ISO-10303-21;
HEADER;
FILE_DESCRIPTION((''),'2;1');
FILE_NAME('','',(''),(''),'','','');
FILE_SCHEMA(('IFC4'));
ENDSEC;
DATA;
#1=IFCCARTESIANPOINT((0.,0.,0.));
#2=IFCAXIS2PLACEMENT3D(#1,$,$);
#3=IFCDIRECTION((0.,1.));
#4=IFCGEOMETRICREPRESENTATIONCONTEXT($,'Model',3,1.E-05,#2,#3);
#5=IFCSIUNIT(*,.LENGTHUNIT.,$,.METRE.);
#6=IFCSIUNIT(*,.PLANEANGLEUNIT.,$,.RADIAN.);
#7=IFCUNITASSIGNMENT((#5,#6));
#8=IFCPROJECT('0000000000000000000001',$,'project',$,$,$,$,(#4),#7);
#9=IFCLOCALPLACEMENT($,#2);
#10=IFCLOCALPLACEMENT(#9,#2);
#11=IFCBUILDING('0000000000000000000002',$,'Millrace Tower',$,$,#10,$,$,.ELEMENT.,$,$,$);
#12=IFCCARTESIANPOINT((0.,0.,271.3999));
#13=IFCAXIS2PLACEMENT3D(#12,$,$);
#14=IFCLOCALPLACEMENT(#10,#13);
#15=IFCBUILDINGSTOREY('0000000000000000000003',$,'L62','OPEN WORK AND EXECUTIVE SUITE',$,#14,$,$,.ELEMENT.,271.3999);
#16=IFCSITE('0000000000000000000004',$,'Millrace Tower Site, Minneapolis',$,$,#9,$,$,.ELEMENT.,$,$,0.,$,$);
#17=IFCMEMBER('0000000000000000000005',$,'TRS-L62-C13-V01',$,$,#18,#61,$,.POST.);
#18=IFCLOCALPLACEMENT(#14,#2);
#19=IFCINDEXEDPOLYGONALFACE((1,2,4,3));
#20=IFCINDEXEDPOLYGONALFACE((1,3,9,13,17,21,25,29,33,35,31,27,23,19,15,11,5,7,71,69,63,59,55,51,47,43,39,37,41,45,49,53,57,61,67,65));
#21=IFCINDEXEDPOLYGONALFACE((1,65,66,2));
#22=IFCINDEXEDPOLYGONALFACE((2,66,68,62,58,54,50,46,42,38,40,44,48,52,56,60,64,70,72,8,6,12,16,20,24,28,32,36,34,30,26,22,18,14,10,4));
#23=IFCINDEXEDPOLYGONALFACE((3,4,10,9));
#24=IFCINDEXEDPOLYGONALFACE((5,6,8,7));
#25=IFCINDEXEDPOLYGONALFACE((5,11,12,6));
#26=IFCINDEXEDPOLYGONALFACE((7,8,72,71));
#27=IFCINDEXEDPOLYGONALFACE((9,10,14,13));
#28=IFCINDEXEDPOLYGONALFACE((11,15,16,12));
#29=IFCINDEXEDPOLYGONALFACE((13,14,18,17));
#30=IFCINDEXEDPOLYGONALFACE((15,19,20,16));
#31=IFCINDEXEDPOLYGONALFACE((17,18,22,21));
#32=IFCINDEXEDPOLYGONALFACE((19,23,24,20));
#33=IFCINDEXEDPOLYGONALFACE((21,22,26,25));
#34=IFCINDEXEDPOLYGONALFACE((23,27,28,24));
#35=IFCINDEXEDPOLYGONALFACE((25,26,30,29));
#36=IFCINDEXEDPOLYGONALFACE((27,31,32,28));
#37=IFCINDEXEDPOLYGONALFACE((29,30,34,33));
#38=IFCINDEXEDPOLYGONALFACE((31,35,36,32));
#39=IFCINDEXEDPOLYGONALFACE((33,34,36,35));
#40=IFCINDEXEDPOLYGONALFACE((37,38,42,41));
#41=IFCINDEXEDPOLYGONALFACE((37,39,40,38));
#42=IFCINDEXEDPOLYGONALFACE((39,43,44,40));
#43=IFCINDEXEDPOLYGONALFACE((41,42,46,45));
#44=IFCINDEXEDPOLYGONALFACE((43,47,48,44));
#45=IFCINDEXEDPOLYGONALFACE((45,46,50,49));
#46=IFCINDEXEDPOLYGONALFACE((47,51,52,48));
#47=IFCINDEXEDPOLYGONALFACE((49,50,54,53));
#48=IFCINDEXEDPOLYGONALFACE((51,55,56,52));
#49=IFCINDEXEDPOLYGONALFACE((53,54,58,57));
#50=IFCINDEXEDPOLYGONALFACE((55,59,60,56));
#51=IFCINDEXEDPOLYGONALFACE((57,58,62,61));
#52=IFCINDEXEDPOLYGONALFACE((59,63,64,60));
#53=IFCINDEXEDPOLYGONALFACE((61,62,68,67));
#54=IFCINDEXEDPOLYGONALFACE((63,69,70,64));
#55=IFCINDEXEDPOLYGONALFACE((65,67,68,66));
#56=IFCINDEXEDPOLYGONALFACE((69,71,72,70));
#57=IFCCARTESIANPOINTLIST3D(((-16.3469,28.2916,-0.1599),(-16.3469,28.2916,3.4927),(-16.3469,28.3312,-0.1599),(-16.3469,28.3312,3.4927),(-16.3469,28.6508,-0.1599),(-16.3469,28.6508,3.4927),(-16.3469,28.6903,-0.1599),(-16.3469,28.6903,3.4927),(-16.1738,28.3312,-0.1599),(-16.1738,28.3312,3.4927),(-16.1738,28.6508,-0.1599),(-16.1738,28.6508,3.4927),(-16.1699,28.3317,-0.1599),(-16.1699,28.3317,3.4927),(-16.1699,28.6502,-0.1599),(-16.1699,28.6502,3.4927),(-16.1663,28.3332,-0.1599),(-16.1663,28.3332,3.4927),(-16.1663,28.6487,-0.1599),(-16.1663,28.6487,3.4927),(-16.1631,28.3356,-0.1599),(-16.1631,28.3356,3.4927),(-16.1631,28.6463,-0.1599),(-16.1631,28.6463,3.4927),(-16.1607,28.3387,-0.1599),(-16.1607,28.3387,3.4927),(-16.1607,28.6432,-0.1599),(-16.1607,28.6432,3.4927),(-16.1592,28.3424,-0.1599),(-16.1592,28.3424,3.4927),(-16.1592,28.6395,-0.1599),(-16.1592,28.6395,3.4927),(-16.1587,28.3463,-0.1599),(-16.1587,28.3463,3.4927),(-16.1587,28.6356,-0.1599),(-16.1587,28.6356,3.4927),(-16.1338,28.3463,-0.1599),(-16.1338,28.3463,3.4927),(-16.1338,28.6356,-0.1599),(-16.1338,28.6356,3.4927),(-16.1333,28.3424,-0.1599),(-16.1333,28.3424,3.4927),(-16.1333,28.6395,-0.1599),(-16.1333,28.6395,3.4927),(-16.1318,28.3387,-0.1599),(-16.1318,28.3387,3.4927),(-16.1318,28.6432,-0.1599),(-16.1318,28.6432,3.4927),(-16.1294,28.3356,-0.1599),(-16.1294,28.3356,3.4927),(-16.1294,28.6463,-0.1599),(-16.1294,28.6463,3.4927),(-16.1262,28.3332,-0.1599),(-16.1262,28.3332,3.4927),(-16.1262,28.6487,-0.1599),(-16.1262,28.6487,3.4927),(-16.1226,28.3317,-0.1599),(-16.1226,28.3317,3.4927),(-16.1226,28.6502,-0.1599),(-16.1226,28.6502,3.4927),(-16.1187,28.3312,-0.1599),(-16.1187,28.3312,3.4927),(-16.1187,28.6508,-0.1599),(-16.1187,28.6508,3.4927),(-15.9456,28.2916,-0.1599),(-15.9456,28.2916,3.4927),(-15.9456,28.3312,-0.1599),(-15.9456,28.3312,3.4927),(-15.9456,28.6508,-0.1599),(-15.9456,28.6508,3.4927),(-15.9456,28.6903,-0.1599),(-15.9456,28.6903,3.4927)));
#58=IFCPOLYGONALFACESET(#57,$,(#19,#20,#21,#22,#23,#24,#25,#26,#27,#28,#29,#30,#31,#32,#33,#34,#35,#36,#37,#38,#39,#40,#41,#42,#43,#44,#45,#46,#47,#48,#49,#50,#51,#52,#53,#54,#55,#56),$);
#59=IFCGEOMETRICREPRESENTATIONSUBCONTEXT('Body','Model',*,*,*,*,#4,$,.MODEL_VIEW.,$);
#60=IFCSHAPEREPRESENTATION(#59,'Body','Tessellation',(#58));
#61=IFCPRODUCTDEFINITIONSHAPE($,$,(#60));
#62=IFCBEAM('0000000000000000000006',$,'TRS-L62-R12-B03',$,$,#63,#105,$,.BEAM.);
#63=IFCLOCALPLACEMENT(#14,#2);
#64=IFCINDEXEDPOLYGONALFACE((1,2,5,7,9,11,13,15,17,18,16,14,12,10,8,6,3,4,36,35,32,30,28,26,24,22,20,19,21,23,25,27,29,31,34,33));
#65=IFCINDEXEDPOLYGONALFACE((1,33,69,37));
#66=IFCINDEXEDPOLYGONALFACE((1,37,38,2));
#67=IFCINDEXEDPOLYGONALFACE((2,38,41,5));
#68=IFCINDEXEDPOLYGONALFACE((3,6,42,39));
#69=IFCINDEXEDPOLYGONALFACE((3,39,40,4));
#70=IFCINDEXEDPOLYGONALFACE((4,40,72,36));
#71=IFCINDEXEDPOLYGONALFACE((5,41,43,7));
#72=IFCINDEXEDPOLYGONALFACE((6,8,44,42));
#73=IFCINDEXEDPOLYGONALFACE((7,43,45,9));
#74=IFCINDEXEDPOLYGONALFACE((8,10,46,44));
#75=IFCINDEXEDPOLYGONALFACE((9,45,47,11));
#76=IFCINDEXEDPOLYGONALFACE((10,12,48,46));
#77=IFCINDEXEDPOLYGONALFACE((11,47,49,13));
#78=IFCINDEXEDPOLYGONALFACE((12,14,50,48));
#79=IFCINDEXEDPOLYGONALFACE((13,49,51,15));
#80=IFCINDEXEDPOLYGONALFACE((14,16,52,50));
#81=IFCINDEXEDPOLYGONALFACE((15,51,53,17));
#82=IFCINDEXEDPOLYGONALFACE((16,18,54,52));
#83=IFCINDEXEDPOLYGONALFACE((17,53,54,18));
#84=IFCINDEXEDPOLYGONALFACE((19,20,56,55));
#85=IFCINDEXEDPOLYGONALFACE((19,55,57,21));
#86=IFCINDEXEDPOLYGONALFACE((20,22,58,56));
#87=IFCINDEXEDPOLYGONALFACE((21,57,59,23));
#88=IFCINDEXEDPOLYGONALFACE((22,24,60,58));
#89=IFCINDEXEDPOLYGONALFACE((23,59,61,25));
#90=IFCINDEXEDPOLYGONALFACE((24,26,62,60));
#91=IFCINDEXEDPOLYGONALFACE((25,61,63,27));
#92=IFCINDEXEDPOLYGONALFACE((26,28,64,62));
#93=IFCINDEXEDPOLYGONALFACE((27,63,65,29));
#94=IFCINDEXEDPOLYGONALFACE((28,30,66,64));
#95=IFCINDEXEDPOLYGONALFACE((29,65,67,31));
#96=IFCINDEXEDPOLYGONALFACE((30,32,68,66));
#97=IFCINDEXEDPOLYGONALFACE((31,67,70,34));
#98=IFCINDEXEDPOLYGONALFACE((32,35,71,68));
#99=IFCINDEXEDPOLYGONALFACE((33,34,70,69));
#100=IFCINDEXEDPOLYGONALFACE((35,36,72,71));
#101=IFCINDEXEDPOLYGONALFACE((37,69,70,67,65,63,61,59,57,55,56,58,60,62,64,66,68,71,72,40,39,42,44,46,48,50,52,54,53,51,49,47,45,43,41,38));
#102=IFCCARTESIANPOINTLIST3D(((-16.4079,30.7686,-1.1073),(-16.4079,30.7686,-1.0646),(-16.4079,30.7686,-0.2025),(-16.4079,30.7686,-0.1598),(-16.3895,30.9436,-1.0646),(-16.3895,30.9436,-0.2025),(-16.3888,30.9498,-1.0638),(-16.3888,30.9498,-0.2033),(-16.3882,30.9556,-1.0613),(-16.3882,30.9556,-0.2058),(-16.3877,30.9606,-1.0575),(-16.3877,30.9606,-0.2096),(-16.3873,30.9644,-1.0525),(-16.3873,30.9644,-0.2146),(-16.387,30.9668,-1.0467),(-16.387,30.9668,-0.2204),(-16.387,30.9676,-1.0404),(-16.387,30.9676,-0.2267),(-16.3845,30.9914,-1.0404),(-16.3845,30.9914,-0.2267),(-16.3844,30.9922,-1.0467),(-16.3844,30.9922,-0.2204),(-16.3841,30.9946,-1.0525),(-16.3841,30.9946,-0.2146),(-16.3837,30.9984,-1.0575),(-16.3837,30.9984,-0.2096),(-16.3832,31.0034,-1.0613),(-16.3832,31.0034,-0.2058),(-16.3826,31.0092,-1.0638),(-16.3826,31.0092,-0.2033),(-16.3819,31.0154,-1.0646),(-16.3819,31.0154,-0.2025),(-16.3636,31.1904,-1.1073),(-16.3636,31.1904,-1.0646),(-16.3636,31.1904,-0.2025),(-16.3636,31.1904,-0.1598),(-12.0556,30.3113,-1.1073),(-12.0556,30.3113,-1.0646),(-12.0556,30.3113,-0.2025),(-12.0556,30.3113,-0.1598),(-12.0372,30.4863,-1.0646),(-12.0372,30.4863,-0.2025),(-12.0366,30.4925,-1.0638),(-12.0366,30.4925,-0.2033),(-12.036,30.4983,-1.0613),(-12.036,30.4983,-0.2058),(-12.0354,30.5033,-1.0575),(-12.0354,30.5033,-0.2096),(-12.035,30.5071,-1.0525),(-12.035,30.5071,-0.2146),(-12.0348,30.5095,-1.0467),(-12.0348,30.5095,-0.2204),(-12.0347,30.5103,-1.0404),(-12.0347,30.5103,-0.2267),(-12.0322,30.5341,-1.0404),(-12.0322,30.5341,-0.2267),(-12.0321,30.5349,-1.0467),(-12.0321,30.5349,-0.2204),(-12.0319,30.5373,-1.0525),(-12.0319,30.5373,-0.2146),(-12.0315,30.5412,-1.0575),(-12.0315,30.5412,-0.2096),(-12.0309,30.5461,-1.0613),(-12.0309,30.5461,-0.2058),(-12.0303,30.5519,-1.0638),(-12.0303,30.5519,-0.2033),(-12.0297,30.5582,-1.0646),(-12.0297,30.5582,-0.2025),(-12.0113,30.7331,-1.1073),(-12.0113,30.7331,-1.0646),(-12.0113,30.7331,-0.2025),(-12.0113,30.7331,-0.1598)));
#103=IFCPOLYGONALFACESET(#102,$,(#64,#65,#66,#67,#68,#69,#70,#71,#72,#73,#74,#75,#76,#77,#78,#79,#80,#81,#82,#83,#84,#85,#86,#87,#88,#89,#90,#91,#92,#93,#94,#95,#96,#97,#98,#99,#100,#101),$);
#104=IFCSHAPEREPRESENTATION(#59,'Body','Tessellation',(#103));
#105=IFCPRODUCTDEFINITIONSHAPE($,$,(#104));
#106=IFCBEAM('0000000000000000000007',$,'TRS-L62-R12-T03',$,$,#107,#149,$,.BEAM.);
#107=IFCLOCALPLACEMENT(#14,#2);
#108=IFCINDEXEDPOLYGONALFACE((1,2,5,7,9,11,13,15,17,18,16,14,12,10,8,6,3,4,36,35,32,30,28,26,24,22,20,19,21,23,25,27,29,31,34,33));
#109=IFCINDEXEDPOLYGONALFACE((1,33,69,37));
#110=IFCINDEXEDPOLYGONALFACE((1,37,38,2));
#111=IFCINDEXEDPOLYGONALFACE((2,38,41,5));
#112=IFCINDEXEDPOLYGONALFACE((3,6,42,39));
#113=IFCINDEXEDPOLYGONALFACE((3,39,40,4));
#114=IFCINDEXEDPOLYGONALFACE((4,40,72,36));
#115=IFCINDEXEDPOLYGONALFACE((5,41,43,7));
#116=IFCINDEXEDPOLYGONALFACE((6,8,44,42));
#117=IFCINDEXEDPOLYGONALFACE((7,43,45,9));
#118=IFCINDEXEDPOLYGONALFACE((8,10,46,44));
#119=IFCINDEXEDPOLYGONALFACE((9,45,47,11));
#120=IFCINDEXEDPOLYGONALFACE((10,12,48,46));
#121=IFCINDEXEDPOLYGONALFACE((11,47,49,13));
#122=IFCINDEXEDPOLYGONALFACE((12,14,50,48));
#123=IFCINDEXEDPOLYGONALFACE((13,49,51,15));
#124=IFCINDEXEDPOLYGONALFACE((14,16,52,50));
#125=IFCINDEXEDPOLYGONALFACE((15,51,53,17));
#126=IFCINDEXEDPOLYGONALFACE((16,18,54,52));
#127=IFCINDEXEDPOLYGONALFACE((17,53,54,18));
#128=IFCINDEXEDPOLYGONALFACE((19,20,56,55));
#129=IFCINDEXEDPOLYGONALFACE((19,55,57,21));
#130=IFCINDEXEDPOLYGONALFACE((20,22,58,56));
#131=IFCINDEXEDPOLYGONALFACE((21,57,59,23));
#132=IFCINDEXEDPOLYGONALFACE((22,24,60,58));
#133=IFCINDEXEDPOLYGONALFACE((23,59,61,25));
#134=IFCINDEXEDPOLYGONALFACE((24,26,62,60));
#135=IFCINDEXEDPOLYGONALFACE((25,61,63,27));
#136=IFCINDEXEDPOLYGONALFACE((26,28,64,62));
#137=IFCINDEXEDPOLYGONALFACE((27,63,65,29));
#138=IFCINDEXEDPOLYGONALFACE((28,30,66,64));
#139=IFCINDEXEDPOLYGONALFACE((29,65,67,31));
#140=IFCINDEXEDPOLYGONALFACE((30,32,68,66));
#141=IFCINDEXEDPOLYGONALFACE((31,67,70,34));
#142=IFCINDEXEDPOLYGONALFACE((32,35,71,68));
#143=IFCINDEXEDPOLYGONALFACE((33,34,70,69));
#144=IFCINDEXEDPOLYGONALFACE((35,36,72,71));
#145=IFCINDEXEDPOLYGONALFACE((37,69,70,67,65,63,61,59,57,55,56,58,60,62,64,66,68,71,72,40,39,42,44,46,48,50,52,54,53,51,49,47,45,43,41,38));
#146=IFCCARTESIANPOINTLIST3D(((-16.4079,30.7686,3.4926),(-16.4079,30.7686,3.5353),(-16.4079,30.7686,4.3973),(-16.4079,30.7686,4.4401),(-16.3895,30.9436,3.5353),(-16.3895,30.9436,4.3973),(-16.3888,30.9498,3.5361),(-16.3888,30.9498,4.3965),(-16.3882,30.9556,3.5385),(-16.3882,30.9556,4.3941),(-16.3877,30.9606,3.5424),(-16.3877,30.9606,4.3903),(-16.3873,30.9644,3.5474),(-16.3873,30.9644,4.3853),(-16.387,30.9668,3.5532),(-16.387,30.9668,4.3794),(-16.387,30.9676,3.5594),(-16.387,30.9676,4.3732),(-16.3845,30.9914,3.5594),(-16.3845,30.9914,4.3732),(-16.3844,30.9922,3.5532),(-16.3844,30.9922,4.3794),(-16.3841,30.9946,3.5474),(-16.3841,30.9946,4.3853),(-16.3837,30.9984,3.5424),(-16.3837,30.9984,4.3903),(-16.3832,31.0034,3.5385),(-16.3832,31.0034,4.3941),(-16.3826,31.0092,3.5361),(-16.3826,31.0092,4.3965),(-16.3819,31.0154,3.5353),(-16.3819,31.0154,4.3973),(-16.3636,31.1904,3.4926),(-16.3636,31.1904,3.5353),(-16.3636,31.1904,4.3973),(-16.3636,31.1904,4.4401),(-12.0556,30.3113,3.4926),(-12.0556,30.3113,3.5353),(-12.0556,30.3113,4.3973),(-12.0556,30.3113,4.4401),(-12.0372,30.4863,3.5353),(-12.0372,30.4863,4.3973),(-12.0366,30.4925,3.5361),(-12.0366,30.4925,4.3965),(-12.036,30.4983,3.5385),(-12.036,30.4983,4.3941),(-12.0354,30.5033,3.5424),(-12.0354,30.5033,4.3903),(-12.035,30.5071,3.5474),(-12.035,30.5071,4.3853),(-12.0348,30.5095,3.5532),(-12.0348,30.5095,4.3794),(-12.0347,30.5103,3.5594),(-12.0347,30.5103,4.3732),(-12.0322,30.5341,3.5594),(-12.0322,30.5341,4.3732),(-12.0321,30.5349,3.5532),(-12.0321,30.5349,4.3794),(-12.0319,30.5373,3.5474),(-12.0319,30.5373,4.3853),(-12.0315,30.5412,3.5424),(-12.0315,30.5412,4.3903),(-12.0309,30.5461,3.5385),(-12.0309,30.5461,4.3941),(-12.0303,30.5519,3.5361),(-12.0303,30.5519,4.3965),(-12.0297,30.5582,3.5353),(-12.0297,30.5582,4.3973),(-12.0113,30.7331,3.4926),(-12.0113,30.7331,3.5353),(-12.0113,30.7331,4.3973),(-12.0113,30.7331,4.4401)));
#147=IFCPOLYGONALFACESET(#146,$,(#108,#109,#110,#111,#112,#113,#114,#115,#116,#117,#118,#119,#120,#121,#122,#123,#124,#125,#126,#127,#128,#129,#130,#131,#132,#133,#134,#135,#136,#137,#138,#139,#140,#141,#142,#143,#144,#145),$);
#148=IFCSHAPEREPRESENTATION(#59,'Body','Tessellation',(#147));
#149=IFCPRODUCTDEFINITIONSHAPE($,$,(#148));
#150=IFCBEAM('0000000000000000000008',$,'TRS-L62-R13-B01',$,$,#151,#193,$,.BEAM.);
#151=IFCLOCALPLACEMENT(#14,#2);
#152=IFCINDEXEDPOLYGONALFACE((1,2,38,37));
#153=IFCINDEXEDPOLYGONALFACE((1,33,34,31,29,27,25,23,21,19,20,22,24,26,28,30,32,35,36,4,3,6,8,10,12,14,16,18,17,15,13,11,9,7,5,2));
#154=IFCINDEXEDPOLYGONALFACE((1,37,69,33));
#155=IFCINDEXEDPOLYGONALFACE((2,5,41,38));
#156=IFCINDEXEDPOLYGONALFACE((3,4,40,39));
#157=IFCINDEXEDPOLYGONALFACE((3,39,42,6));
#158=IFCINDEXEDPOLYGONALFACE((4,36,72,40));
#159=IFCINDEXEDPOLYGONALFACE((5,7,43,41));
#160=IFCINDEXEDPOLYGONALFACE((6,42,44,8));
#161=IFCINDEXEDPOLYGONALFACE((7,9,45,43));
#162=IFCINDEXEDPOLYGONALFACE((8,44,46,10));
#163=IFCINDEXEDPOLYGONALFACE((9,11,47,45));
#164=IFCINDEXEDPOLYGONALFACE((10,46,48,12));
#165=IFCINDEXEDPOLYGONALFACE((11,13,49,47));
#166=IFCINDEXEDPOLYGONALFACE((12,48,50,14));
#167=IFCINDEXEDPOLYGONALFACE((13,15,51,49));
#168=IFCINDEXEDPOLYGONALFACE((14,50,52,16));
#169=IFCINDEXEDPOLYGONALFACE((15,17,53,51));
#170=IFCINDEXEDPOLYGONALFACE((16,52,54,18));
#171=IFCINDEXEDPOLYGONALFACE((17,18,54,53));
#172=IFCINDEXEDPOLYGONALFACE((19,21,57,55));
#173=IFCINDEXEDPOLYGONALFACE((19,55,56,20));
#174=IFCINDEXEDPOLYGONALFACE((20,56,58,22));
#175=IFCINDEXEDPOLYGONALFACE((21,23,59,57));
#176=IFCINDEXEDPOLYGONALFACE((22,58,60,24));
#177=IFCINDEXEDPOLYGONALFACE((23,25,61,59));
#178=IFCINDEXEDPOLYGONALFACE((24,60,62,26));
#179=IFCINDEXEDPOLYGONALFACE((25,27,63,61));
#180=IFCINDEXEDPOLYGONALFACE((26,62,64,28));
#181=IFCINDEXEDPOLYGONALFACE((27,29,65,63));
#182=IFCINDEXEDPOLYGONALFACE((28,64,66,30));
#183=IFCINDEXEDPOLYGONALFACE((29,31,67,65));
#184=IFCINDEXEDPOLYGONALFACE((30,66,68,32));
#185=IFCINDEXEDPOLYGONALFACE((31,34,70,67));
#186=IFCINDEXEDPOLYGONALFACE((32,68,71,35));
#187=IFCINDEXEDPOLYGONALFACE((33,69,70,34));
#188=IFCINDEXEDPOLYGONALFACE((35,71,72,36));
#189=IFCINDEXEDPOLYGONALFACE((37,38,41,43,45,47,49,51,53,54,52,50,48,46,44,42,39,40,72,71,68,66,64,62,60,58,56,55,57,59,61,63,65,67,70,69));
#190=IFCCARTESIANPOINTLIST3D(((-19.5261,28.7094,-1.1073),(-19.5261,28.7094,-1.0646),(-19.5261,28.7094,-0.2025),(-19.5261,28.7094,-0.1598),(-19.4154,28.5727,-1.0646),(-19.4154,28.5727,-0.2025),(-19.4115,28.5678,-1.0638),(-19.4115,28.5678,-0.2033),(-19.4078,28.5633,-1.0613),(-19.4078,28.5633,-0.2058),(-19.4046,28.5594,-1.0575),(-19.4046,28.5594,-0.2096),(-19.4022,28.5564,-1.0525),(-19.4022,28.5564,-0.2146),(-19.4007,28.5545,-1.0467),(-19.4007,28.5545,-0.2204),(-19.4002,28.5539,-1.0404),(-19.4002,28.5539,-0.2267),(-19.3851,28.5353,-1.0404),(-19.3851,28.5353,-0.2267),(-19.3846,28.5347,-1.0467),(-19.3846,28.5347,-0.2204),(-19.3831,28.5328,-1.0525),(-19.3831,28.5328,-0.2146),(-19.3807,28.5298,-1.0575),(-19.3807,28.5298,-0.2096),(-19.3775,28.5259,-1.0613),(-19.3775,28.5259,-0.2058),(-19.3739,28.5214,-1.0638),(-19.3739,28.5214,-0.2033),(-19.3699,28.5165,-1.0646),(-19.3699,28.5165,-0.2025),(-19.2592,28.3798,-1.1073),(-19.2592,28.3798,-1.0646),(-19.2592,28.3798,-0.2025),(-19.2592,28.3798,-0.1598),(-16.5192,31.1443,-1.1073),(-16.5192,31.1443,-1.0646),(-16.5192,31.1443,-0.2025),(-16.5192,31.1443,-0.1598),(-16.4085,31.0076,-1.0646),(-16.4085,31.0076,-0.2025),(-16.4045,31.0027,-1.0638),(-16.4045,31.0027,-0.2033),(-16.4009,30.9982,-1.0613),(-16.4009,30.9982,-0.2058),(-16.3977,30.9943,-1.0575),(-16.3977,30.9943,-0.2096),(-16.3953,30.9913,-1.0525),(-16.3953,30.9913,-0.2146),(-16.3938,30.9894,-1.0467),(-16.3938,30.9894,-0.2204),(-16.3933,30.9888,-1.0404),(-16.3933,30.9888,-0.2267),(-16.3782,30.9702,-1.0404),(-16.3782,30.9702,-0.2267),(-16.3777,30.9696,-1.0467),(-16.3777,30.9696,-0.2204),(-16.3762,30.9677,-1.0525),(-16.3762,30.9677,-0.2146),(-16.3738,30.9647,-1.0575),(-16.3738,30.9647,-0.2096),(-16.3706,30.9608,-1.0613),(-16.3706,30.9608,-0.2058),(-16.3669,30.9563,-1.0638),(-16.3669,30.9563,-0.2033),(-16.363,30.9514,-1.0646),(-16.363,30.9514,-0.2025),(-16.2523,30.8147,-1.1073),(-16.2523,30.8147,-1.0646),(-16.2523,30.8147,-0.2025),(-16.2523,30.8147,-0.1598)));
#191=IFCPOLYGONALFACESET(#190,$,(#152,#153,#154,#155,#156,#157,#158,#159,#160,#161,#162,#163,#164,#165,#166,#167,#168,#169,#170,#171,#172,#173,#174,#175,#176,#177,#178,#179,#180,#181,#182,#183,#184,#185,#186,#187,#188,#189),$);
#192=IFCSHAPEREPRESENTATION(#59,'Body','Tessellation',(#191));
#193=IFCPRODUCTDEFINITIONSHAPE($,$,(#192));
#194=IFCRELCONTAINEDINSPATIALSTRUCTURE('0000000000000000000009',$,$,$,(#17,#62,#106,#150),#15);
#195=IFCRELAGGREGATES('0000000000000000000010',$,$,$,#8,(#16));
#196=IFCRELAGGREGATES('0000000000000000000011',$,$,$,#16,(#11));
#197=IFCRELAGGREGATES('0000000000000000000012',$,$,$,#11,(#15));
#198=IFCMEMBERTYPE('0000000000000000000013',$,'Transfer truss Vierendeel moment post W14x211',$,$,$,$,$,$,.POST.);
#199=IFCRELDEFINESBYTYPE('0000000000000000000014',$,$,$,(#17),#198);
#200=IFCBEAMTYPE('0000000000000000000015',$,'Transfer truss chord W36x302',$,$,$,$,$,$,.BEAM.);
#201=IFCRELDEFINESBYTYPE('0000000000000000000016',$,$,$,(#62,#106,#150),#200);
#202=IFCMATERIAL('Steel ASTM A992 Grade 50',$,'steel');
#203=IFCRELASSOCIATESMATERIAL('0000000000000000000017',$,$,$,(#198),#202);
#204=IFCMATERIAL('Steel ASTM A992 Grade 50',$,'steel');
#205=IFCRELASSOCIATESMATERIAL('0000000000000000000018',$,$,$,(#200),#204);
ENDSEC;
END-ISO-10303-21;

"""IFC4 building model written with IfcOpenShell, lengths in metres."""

from ifc_helpers import new_model, si_unit, direction, frame, origin, origin_2d, place, context, subcontext, project, spatial, i_section, extrude, material, material_profile, profile_set, type_object, element, save


model = new_model("IFC4")

# Units and contexts
model_context = context("Model", 3, precision=1e-05, world=origin(), true_north=direction((0.0, 1.0)))
body_context = subcontext(model_context, "Body", "Model", "MODEL_VIEW")
ifc_project = project(units=[si_unit("LENGTHUNIT", "METRE"), si_unit("PLANEANGLEUNIT", "RADIAN")], contexts=[model_context])

# Site, building, storey
site_placement = place(None, origin())
site = spatial("IfcSite", under=ifc_project, at=site_placement, Name="Millrace Tower Site, Minneapolis", CompositionType="ELEMENT", RefElevation=0.0)
building_placement = place(site_placement, origin())
building = spatial("IfcBuilding", under=site, at=building_placement, Name="Millrace Tower", CompositionType="ELEMENT")
storey_placement = place(building_placement, frame((0.0, 0.0, 271.3999)))
storey = spatial("IfcBuildingStorey", under=building, at=storey_placement, Name="L62", Description="OPEN WORK AND EXECUTIVE SUITE", CompositionType="ELEMENT", Elevation=271.3999)

# Member
ifc_material_1 = material(Name="Steel ASTM A992 Grade 50", Category="steel")
ifc_material_profile_1 = material_profile(ifc_material_1, i_section(OverallWidth=0.4014, OverallDepth=0.3987, WebThickness=0.0249, FlangeThickness=0.0396, FilletRadius=0.0151, at=origin_2d()))
ifc_profile_set_1 = profile_set([ifc_material_profile_1], Name="Steel ASTM A992 Grade 50")
member_type_1 = type_object("IfcMemberType", Name="Transfer truss Vierendeel moment post W14x211", PredefinedType="POST", material=ifc_profile_set_1)
member_1_placement = place(storey_placement, frame((-16.1462, 28.491, -0.1599), z_axis=(0.0, 0.0, 1.0), x_axis=(1.0, 0.0, 0.0)))
element("IfcMember", 1, at=member_1_placement, inside=storey, type_object=member_type_1, Name="TRS-L62-C13-V01", PredefinedType="POST", context=body_context, shape_type="SweptSolid", body=[
    extrude(i_section(OverallWidth=0.4014, OverallDepth=0.3987, WebThickness=0.0249, FlangeThickness=0.0396, FilletRadius=0.0151, at=origin_2d()), origin(), (0.0, 0.0, 1.0), 3.6526),
])

# Beams
ifc_material_2 = material(Name="Steel ASTM A992 Grade 50", Category="steel")
ifc_material_profile_2 = material_profile(ifc_material_2, i_section(OverallWidth=0.4241, OverallDepth=0.9475, WebThickness=0.0239, FlangeThickness=0.0427, FilletRadius=0.0242, at=origin_2d()))
ifc_profile_set_2 = profile_set([ifc_material_profile_2], Name="Steel ASTM A992 Grade 50")
beam_type_1 = type_object("IfcBeamType", Name="Transfer truss chord W36x302", PredefinedType="BEAM", material=ifc_profile_set_2)
for number, where, z_axis, x_axis, name in (
    (2, (-12.0334, 30.5222, -0.6335), (-0.994526, 0.10449, 0.0), (-0.10449, -0.994526, 0.0), "TRS-L62-R12-B03"),
    (3, (-12.0334, 30.5222, 3.9663), (-0.994526, 0.10449, 0.0), (-0.10449, -0.994526, 0.0), "TRS-L62-R12-T03"),
):
    element("IfcBeam", number, at=place(storey_placement, frame(where, z_axis=z_axis, x_axis=x_axis)), inside=storey, type_object=beam_type_1, Name=name, PredefinedType="BEAM", context=body_context, shape_type="SweptSolid", body=[
        extrude(i_section(OverallWidth=0.4241, OverallDepth=0.9475, WebThickness=0.0239, FlangeThickness=0.0427, FilletRadius=0.0242, at=origin_2d()), origin(), (0.0, 0.0, 1.0), 4.3762),
    ])
for number, where, z_axis, x_axis, name in (
    (4, (-16.3857, 30.9795, -0.6335), (-0.777155, -0.629309, 0.0), (0.629309, -0.777155, 0.0), "TRS-L62-R13-B01"),
):
    element("IfcBeam", number, at=place(storey_placement, frame(where, z_axis=z_axis, x_axis=x_axis)), inside=storey, type_object=beam_type_1, Name=name, PredefinedType="BEAM", context=body_context, shape_type="SweptSolid", body=[
        extrude(i_section(OverallWidth=0.4241, OverallDepth=0.9475, WebThickness=0.0239, FlangeThickness=0.0427, FilletRadius=0.0242, at=origin_2d()), origin(), (0.0, 0.0, 1.0), 3.8691),
    ])

save(model, "model.ifc")
